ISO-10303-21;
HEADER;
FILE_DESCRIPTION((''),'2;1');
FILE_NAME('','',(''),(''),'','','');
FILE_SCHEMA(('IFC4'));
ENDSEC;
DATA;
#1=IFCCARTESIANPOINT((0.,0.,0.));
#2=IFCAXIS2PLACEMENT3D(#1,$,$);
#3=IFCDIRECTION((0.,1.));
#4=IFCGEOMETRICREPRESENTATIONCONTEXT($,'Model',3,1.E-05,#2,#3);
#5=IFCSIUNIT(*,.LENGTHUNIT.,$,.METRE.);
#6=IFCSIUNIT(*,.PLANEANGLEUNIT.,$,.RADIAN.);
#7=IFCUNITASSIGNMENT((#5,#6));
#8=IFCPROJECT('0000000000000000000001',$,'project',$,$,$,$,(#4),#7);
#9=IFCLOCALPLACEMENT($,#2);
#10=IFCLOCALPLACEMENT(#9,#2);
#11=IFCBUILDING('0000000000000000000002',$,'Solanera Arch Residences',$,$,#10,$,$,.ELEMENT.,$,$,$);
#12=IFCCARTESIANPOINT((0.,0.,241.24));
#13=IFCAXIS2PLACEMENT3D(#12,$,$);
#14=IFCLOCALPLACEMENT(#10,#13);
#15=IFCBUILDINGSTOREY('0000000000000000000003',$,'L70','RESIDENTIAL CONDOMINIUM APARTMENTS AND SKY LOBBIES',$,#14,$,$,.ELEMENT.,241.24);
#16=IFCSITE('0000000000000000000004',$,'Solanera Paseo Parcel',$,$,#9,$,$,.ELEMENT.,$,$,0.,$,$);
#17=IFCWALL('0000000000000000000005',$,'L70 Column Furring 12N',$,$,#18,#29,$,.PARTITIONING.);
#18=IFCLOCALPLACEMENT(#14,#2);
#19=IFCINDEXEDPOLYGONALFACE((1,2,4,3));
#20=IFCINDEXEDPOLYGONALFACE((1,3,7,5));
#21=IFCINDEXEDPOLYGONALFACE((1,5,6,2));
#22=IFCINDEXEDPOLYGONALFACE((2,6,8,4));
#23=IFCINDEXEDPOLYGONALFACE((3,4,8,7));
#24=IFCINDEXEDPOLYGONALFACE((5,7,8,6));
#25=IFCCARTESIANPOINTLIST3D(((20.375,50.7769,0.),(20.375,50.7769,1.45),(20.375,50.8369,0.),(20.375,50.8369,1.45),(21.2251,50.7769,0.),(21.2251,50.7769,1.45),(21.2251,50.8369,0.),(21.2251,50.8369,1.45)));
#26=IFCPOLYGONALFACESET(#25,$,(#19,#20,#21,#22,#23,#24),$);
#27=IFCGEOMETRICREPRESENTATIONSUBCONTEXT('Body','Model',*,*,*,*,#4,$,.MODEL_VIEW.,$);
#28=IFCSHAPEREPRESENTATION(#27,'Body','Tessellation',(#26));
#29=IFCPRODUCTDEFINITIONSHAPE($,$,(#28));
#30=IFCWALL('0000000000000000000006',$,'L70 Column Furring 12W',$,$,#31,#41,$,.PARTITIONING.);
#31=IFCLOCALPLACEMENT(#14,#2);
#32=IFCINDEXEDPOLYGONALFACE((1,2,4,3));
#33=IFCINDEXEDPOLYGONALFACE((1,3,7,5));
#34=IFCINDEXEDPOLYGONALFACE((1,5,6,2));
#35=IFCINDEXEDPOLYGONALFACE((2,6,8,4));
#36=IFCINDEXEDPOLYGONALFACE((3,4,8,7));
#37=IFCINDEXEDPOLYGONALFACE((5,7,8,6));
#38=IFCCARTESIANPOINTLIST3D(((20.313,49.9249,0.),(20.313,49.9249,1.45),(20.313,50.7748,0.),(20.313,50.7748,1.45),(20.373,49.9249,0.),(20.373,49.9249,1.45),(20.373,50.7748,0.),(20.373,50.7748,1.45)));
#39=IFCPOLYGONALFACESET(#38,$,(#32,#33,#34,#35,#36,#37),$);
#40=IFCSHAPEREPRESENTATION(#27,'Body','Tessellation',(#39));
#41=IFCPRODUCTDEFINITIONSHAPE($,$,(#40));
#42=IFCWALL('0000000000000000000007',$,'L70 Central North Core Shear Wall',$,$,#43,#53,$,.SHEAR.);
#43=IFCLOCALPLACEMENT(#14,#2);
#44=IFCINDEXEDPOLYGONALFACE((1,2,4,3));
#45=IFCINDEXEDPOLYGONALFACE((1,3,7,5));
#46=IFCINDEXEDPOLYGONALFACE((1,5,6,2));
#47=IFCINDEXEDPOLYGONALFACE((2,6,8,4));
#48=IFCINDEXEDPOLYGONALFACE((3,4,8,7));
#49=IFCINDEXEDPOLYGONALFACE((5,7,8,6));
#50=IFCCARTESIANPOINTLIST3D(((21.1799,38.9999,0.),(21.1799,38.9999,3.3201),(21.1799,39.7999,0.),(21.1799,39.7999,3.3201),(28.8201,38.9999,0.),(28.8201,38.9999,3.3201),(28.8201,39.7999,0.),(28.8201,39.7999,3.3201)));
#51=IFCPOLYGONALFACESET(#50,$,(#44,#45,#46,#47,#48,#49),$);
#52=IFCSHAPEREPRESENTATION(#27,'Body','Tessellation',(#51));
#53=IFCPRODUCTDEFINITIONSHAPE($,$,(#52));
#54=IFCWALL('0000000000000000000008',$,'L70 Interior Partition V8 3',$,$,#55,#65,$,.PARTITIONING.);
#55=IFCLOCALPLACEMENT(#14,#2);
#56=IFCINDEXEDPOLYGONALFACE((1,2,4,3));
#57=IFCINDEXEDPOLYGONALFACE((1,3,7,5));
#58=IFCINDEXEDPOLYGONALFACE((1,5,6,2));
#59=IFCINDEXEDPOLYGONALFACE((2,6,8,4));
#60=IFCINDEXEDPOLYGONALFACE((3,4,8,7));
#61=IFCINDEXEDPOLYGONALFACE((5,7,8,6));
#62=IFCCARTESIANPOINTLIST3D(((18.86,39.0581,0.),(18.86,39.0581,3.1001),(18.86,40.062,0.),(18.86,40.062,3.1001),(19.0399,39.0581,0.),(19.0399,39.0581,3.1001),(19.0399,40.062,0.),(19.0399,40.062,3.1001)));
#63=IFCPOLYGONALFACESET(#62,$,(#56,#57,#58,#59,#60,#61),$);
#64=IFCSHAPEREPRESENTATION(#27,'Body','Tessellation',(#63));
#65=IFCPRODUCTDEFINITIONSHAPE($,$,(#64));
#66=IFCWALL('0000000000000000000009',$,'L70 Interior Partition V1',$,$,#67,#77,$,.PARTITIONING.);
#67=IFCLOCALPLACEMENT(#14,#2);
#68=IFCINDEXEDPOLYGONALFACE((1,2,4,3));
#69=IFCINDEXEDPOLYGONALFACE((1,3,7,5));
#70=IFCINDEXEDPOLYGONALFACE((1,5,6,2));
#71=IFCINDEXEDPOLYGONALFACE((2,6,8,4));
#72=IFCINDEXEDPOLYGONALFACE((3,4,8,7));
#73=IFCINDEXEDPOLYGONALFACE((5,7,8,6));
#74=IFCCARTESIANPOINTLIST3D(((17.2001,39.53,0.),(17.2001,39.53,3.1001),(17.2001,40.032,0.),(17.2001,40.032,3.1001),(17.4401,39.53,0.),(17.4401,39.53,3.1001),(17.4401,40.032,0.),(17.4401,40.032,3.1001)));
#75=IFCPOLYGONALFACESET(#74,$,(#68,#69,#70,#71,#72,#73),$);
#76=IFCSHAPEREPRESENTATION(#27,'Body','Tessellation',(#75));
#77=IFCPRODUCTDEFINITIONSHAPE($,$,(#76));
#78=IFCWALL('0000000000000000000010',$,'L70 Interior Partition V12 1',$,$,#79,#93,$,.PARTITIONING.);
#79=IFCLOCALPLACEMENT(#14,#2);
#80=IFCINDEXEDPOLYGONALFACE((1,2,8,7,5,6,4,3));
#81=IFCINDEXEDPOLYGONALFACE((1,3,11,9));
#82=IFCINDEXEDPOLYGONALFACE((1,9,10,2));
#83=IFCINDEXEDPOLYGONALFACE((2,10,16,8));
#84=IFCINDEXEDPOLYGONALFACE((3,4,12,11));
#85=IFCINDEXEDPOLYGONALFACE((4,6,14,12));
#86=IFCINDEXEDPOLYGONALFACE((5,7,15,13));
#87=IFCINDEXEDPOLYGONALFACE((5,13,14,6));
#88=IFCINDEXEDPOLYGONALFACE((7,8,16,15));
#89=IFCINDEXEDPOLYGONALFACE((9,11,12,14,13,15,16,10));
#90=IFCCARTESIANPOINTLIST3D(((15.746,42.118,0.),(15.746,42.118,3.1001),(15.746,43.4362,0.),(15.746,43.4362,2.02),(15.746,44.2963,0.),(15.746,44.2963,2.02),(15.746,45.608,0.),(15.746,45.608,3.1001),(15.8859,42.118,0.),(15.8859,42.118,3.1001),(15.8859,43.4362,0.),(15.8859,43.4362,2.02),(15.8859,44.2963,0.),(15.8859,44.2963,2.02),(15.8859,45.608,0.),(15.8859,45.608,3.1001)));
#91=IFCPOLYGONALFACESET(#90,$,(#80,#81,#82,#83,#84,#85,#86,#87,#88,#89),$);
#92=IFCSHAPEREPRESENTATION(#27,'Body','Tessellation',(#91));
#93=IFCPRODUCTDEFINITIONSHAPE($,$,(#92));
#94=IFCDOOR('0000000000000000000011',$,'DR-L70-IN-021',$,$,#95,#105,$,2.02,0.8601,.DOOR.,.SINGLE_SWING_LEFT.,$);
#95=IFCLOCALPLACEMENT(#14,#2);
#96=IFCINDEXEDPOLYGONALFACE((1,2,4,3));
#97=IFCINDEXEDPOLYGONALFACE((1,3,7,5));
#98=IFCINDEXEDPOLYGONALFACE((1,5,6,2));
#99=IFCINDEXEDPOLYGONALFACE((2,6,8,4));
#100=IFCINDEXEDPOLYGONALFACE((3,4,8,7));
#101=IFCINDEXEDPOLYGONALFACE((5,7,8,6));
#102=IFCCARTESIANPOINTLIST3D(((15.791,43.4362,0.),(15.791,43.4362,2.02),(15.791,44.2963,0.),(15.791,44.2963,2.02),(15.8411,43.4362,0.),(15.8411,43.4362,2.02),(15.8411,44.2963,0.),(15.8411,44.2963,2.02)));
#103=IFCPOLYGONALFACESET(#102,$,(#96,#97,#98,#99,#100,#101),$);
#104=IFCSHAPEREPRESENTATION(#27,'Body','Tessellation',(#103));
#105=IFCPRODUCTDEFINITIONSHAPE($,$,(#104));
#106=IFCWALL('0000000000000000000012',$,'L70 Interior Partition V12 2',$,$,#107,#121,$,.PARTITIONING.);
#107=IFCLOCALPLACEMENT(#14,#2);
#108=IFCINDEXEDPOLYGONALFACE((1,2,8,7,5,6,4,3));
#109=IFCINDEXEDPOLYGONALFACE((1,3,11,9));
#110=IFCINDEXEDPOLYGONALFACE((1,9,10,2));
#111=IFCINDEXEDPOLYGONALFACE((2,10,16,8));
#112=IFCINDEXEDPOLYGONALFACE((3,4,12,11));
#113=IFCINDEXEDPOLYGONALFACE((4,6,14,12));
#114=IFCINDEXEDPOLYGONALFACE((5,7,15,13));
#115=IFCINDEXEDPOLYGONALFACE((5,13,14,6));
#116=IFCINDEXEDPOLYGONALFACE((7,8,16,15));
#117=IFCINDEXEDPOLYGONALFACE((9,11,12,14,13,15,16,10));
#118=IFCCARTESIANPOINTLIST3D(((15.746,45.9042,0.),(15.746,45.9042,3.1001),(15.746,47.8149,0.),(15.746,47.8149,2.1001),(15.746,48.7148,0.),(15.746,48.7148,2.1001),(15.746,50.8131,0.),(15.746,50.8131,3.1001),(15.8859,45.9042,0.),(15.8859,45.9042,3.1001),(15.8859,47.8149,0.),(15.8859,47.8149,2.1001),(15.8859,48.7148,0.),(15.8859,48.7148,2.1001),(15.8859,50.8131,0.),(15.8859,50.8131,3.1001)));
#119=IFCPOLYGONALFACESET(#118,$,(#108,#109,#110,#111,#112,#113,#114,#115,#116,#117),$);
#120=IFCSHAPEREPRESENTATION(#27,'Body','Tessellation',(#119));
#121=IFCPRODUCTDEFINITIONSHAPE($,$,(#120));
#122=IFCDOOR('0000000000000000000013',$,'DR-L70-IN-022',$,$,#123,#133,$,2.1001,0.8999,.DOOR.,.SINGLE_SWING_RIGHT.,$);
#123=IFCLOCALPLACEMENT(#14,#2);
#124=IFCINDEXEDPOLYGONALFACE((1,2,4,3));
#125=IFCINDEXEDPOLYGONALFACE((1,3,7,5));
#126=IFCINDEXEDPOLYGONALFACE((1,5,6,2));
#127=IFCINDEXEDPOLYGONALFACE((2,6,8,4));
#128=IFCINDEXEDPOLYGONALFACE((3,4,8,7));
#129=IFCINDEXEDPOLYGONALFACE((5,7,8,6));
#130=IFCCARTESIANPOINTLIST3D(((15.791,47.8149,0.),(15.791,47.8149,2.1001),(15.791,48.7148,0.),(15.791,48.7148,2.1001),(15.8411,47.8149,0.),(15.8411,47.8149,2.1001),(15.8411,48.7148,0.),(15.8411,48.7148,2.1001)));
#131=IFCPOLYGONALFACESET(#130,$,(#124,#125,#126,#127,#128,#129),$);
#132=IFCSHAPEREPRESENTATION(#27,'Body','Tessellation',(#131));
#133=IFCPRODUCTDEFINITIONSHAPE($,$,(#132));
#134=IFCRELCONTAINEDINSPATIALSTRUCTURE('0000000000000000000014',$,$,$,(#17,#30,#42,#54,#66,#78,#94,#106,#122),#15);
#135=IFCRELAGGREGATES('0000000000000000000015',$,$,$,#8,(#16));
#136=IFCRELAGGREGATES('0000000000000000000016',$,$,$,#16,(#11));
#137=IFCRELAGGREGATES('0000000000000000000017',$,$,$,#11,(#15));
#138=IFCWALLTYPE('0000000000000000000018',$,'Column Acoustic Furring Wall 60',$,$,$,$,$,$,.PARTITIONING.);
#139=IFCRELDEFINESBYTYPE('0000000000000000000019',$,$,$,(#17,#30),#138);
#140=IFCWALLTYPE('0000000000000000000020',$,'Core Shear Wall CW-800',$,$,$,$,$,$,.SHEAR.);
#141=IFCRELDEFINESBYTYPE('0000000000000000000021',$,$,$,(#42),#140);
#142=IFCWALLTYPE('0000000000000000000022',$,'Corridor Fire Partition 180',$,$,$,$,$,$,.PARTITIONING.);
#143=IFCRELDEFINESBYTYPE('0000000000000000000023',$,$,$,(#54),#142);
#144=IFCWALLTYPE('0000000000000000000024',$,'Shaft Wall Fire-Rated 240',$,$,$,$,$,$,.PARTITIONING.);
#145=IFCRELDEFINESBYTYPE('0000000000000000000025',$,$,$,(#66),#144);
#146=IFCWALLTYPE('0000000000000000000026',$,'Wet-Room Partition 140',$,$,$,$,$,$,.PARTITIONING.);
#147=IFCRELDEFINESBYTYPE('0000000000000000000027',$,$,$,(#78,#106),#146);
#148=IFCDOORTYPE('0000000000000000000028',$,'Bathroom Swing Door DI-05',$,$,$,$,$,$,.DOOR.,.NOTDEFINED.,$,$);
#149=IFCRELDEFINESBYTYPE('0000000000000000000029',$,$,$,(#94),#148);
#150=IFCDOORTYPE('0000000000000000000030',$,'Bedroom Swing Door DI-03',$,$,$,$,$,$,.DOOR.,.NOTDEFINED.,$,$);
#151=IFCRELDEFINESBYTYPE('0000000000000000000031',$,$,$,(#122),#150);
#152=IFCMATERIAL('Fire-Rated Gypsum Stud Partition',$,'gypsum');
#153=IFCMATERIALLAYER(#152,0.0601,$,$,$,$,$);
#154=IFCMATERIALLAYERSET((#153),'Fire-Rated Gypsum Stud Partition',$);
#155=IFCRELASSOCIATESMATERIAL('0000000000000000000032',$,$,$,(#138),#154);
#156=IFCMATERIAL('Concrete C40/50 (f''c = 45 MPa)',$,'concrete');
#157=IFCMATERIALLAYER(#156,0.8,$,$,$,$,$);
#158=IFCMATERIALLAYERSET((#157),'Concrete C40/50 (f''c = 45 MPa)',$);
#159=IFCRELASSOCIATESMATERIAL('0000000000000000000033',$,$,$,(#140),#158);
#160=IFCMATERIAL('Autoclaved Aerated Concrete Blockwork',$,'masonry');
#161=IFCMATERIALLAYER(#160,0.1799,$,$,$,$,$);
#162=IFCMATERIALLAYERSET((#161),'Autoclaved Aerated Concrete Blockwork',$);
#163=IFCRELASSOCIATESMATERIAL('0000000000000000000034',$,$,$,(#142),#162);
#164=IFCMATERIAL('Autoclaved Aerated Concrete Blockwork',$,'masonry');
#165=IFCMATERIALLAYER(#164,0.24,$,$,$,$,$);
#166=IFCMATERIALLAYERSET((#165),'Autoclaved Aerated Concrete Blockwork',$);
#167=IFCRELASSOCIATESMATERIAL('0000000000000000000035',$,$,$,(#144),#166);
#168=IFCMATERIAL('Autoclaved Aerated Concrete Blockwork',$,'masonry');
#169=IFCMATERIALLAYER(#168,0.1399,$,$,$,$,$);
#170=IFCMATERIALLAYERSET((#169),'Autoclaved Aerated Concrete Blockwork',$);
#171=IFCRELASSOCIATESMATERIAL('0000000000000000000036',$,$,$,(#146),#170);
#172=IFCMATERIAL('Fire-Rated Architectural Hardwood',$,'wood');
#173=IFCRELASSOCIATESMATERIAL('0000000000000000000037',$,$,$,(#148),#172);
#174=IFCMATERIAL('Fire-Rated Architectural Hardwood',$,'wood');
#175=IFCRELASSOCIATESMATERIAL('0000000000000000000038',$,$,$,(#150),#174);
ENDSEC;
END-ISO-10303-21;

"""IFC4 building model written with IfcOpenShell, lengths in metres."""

from ifc_helpers import new_model, si_unit, direction, frame, frame_2d, origin, place, context, subcontext, project, spatial, rectangle, extrude, material, layer, layer_set, type_object, element, fill, save


model = new_model("IFC4")

# Units and contexts
model_context = context("Model", 3, precision=1e-05, world=origin(), true_north=direction((0.0, 1.0)))
body_context = subcontext(model_context, "Body", "Model", "MODEL_VIEW")
ifc_project = project(units=[si_unit("LENGTHUNIT", "METRE"), si_unit("PLANEANGLEUNIT", "RADIAN")], contexts=[model_context])

# Site, building, storey
site_placement = place(None, origin())
site = spatial("IfcSite", under=ifc_project, at=site_placement, Name="Solanera Paseo Parcel", CompositionType="ELEMENT", RefElevation=0.0)
building_placement = place(site_placement, origin())
building = spatial("IfcBuilding", under=site, at=building_placement, Name="Solanera Arch Residences", CompositionType="ELEMENT")
storey_placement = place(building_placement, frame((0.0, 0.0, 241.24)))
storey = spatial("IfcBuildingStorey", under=building, at=storey_placement, Name="L70", Description="RESIDENTIAL CONDOMINIUM APARTMENTS AND SKY LOBBIES", CompositionType="ELEMENT", Elevation=241.24)

# Walls
ifc_material_1 = material(Name="Fire-Rated Gypsum Stud Partition", Category="gypsum")
ifc_layer_1 = layer(ifc_material_1, 0.0601)
ifc_layer_set_1 = layer_set([ifc_layer_1], Name="Fire-Rated Gypsum Stud Partition")
wall_type_1 = type_object("IfcWallType", Name="Column Acoustic Furring Wall 60", PredefinedType="PARTITIONING", material=ifc_layer_set_1)
for number, where, z_axis, x_axis, name in (
    (1, (20.375, 50.8069, 0.0), (0.0, 0.0, 1.0), (1.0, 0.0, 0.0), "L70 Column Furring 12N"),
):
    element("IfcWall", number, at=place(storey_placement, frame(where, z_axis=z_axis, x_axis=x_axis)), inside=storey, type_object=wall_type_1, Name=name, PredefinedType="PARTITIONING", context=body_context, shape_type="SweptSolid", body=[
        extrude(rectangle(XDim=0.8501, YDim=0.0601, at=frame_2d((0.425, 0.0))), origin(), (0.0, 0.0, 1.0), 1.45),
    ])
wall_1_placement = place(storey_placement, frame((20.343, 49.925, 0.0), z_axis=(0.0, 0.0, 1.0), x_axis=(0.0, 1.0, 0.0)))
element("IfcWall", 2, at=wall_1_placement, inside=storey, type_object=wall_type_1, Name="L70 Column Furring 12W", PredefinedType="PARTITIONING", context=body_context, shape_type="SweptSolid", body=[
    extrude(rectangle(XDim=0.8499, YDim=0.0601, at=frame_2d((0.4248, 0.0))), origin(), (0.0, 0.0, 1.0), 1.45),
])
ifc_material_2 = material(Name="Concrete C40/50 (f'c = 45 MPa)", Category="concrete")
ifc_layer_2 = layer(ifc_material_2, 0.8)
ifc_layer_set_2 = layer_set([ifc_layer_2], Name="Concrete C40/50 (f'c = 45 MPa)")
wall_type_2 = type_object("IfcWallType", Name="Core Shear Wall CW-800", PredefinedType="SHEAR", material=ifc_layer_set_2)
wall_2_placement = place(storey_placement, frame((21.1799, 39.3999, 0.0), z_axis=(0.0, 0.0, 1.0), x_axis=(1.0, 0.0, 0.0)))
element("IfcWall", 3, at=wall_2_placement, inside=storey, type_object=wall_type_2, Name="L70 Central North Core Shear Wall", PredefinedType="SHEAR", context=body_context, shape_type="SweptSolid", body=[
    extrude(rectangle(XDim=7.6401, YDim=0.8, at=frame_2d((3.8201, 0.0))), origin(), (0.0, 0.0, 1.0), 3.3201),
])
ifc_material_3 = material(Name="Autoclaved Aerated Concrete Blockwork", Category="masonry")
ifc_layer_3 = layer(ifc_material_3, 0.1799)
ifc_layer_set_3 = layer_set([ifc_layer_3], Name="Autoclaved Aerated Concrete Blockwork")
wall_type_3 = type_object("IfcWallType", Name="Corridor Fire Partition 180", PredefinedType="PARTITIONING", material=ifc_layer_set_3)
wall_3_placement = place(storey_placement, frame((18.95, 39.0581, 0.0), z_axis=(0.0, 0.0, 1.0), x_axis=(0.0, 1.0, 0.0)))
element("IfcWall", 4, at=wall_3_placement, inside=storey, type_object=wall_type_3, Name="L70 Interior Partition V8 3", PredefinedType="PARTITIONING", context=body_context, shape_type="SweptSolid", body=[
    extrude(rectangle(XDim=1.0039, YDim=0.1799, at=frame_2d((0.502, 0.0))), origin(), (0.0, 0.0, 1.0), 3.1001),
])
ifc_material_4 = material(Name="Autoclaved Aerated Concrete Blockwork", Category="masonry")
ifc_layer_4 = layer(ifc_material_4, 0.24)
ifc_layer_set_4 = layer_set([ifc_layer_4], Name="Autoclaved Aerated Concrete Blockwork")
wall_type_4 = type_object("IfcWallType", Name="Shaft Wall Fire-Rated 240", PredefinedType="PARTITIONING", material=ifc_layer_set_4)
wall_4_placement = place(storey_placement, frame((17.3201, 39.53, 0.0), z_axis=(0.0, 0.0, 1.0), x_axis=(0.0, 1.0, 0.0)))
element("IfcWall", 5, at=wall_4_placement, inside=storey, type_object=wall_type_4, Name="L70 Interior Partition V1", PredefinedType="PARTITIONING", context=body_context, shape_type="SweptSolid", body=[
    extrude(rectangle(XDim=0.502, YDim=0.24, at=frame_2d((0.251, 0.0))), origin(), (0.0, 0.0, 1.0), 3.1001),
])

# Walls, openings, doors
ifc_material_5 = material(Name="Autoclaved Aerated Concrete Blockwork", Category="masonry")
ifc_layer_5 = layer(ifc_material_5, 0.1399)
ifc_layer_set_5 = layer_set([ifc_layer_5], Name="Autoclaved Aerated Concrete Blockwork")
wall_type_5 = type_object("IfcWallType", Name="Wet-Room Partition 140", PredefinedType="PARTITIONING", material=ifc_layer_set_5)
wall_5_placement = place(storey_placement, frame((15.8159, 42.1179, 0.0), z_axis=(0.0, 0.0, 1.0), x_axis=(0.0, 1.0, 0.0)))
wall_5 = element("IfcWall", 6, at=wall_5_placement, inside=storey, type_object=wall_type_5, Name="L70 Interior Partition V12 1", PredefinedType="PARTITIONING", context=body_context, shape_type="SweptSolid", body=[
    extrude(rectangle(XDim=3.49, YDim=0.1399, at=frame_2d((1.7451, 0.0))), origin(), (0.0, 0.0, 1.0), 3.1001),
])
opening_1_placement = place(wall_5_placement, frame((1.3181, 0.0, 0.0)))
opening_1 = element("IfcOpeningElement", 7, at=opening_1_placement, cuts=wall_5, PredefinedType="OPENING", context=body_context, shape_type="SweptSolid", body=[
    extrude(rectangle(XDim=0.8601, YDim=2.02, at=frame_2d((0.4302, 1.01))), frame((0.0, 0.0798, 0.0), z_axis=(0.0, -1.0, 0.0), x_axis=(1.0, 0.0, 0.0)), (0.0, 0.0, 1.0), 0.1599),
])
ifc_material_6 = material(Name="Fire-Rated Architectural Hardwood", Category="wood")
door_type_1 = type_object("IfcDoorType", Name="Bathroom Swing Door DI-05", OperationType="NOTDEFINED", PredefinedType="DOOR", material=ifc_material_6)
door_1_placement = place(opening_1_placement, origin())
door_1 = element("IfcDoor", 8, at=door_1_placement, inside=storey, type_object=door_type_1, Name="DR-L70-IN-021", OperationType="SINGLE_SWING_LEFT", OverallHeight=2.02, OverallWidth=0.8601, PredefinedType="DOOR", context=body_context, shape_type="SweptSolid", body=[
    extrude(rectangle(XDim=0.8601, YDim=2.02, at=frame_2d((0.4302, 1.01))), frame((0.0, 0.0249, 0.0), z_axis=(0.0, -1.0, 0.0), x_axis=(1.0, 0.0, 0.0)), (0.0, 0.0, 1.0), 0.05),
])
fill(opening_1, door_1)
wall_6_placement = place(storey_placement, frame((15.8159, 45.9041, 0.0), z_axis=(0.0, 0.0, 1.0), x_axis=(0.0, 1.0, 0.0)))
wall_6 = element("IfcWall", 9, at=wall_6_placement, inside=storey, type_object=wall_type_5, Name="L70 Interior Partition V12 2", PredefinedType="PARTITIONING", context=body_context, shape_type="SweptSolid", body=[
    extrude(rectangle(XDim=4.9089, YDim=0.1399, at=frame_2d((2.4546, 0.0))), origin(), (0.0, 0.0, 1.0), 3.1001),
])
opening_2_placement = place(wall_6_placement, frame((1.9109, 0.0, 0.0)))
opening_2 = element("IfcOpeningElement", 10, at=opening_2_placement, cuts=wall_6, PredefinedType="OPENING", context=body_context, shape_type="SweptSolid", body=[
    extrude(rectangle(XDim=0.8999, YDim=2.1001, at=frame_2d((0.45, 1.05))), frame((0.0, 0.0798, 0.0), z_axis=(0.0, -1.0, 0.0), x_axis=(1.0, 0.0, 0.0)), (0.0, 0.0, 1.0), 0.1599),
])
ifc_material_7 = material(Name="Fire-Rated Architectural Hardwood", Category="wood")
door_type_2 = type_object("IfcDoorType", Name="Bedroom Swing Door DI-03", OperationType="NOTDEFINED", PredefinedType="DOOR", material=ifc_material_7)
door_2_placement = place(opening_2_placement, origin())
door_2 = element("IfcDoor", 11, at=door_2_placement, inside=storey, type_object=door_type_2, Name="DR-L70-IN-022", OperationType="SINGLE_SWING_RIGHT", OverallHeight=2.1001, OverallWidth=0.8999, PredefinedType="DOOR", context=body_context, shape_type="SweptSolid", body=[
    extrude(rectangle(XDim=0.8999, YDim=2.1001, at=frame_2d((0.45, 1.05))), frame((0.0, 0.0249, 0.0), z_axis=(0.0, -1.0, 0.0), x_axis=(1.0, 0.0, 0.0)), (0.0, 0.0, 1.0), 0.05),
])
fill(opening_2, door_2)

save(model, "model.ifc")
